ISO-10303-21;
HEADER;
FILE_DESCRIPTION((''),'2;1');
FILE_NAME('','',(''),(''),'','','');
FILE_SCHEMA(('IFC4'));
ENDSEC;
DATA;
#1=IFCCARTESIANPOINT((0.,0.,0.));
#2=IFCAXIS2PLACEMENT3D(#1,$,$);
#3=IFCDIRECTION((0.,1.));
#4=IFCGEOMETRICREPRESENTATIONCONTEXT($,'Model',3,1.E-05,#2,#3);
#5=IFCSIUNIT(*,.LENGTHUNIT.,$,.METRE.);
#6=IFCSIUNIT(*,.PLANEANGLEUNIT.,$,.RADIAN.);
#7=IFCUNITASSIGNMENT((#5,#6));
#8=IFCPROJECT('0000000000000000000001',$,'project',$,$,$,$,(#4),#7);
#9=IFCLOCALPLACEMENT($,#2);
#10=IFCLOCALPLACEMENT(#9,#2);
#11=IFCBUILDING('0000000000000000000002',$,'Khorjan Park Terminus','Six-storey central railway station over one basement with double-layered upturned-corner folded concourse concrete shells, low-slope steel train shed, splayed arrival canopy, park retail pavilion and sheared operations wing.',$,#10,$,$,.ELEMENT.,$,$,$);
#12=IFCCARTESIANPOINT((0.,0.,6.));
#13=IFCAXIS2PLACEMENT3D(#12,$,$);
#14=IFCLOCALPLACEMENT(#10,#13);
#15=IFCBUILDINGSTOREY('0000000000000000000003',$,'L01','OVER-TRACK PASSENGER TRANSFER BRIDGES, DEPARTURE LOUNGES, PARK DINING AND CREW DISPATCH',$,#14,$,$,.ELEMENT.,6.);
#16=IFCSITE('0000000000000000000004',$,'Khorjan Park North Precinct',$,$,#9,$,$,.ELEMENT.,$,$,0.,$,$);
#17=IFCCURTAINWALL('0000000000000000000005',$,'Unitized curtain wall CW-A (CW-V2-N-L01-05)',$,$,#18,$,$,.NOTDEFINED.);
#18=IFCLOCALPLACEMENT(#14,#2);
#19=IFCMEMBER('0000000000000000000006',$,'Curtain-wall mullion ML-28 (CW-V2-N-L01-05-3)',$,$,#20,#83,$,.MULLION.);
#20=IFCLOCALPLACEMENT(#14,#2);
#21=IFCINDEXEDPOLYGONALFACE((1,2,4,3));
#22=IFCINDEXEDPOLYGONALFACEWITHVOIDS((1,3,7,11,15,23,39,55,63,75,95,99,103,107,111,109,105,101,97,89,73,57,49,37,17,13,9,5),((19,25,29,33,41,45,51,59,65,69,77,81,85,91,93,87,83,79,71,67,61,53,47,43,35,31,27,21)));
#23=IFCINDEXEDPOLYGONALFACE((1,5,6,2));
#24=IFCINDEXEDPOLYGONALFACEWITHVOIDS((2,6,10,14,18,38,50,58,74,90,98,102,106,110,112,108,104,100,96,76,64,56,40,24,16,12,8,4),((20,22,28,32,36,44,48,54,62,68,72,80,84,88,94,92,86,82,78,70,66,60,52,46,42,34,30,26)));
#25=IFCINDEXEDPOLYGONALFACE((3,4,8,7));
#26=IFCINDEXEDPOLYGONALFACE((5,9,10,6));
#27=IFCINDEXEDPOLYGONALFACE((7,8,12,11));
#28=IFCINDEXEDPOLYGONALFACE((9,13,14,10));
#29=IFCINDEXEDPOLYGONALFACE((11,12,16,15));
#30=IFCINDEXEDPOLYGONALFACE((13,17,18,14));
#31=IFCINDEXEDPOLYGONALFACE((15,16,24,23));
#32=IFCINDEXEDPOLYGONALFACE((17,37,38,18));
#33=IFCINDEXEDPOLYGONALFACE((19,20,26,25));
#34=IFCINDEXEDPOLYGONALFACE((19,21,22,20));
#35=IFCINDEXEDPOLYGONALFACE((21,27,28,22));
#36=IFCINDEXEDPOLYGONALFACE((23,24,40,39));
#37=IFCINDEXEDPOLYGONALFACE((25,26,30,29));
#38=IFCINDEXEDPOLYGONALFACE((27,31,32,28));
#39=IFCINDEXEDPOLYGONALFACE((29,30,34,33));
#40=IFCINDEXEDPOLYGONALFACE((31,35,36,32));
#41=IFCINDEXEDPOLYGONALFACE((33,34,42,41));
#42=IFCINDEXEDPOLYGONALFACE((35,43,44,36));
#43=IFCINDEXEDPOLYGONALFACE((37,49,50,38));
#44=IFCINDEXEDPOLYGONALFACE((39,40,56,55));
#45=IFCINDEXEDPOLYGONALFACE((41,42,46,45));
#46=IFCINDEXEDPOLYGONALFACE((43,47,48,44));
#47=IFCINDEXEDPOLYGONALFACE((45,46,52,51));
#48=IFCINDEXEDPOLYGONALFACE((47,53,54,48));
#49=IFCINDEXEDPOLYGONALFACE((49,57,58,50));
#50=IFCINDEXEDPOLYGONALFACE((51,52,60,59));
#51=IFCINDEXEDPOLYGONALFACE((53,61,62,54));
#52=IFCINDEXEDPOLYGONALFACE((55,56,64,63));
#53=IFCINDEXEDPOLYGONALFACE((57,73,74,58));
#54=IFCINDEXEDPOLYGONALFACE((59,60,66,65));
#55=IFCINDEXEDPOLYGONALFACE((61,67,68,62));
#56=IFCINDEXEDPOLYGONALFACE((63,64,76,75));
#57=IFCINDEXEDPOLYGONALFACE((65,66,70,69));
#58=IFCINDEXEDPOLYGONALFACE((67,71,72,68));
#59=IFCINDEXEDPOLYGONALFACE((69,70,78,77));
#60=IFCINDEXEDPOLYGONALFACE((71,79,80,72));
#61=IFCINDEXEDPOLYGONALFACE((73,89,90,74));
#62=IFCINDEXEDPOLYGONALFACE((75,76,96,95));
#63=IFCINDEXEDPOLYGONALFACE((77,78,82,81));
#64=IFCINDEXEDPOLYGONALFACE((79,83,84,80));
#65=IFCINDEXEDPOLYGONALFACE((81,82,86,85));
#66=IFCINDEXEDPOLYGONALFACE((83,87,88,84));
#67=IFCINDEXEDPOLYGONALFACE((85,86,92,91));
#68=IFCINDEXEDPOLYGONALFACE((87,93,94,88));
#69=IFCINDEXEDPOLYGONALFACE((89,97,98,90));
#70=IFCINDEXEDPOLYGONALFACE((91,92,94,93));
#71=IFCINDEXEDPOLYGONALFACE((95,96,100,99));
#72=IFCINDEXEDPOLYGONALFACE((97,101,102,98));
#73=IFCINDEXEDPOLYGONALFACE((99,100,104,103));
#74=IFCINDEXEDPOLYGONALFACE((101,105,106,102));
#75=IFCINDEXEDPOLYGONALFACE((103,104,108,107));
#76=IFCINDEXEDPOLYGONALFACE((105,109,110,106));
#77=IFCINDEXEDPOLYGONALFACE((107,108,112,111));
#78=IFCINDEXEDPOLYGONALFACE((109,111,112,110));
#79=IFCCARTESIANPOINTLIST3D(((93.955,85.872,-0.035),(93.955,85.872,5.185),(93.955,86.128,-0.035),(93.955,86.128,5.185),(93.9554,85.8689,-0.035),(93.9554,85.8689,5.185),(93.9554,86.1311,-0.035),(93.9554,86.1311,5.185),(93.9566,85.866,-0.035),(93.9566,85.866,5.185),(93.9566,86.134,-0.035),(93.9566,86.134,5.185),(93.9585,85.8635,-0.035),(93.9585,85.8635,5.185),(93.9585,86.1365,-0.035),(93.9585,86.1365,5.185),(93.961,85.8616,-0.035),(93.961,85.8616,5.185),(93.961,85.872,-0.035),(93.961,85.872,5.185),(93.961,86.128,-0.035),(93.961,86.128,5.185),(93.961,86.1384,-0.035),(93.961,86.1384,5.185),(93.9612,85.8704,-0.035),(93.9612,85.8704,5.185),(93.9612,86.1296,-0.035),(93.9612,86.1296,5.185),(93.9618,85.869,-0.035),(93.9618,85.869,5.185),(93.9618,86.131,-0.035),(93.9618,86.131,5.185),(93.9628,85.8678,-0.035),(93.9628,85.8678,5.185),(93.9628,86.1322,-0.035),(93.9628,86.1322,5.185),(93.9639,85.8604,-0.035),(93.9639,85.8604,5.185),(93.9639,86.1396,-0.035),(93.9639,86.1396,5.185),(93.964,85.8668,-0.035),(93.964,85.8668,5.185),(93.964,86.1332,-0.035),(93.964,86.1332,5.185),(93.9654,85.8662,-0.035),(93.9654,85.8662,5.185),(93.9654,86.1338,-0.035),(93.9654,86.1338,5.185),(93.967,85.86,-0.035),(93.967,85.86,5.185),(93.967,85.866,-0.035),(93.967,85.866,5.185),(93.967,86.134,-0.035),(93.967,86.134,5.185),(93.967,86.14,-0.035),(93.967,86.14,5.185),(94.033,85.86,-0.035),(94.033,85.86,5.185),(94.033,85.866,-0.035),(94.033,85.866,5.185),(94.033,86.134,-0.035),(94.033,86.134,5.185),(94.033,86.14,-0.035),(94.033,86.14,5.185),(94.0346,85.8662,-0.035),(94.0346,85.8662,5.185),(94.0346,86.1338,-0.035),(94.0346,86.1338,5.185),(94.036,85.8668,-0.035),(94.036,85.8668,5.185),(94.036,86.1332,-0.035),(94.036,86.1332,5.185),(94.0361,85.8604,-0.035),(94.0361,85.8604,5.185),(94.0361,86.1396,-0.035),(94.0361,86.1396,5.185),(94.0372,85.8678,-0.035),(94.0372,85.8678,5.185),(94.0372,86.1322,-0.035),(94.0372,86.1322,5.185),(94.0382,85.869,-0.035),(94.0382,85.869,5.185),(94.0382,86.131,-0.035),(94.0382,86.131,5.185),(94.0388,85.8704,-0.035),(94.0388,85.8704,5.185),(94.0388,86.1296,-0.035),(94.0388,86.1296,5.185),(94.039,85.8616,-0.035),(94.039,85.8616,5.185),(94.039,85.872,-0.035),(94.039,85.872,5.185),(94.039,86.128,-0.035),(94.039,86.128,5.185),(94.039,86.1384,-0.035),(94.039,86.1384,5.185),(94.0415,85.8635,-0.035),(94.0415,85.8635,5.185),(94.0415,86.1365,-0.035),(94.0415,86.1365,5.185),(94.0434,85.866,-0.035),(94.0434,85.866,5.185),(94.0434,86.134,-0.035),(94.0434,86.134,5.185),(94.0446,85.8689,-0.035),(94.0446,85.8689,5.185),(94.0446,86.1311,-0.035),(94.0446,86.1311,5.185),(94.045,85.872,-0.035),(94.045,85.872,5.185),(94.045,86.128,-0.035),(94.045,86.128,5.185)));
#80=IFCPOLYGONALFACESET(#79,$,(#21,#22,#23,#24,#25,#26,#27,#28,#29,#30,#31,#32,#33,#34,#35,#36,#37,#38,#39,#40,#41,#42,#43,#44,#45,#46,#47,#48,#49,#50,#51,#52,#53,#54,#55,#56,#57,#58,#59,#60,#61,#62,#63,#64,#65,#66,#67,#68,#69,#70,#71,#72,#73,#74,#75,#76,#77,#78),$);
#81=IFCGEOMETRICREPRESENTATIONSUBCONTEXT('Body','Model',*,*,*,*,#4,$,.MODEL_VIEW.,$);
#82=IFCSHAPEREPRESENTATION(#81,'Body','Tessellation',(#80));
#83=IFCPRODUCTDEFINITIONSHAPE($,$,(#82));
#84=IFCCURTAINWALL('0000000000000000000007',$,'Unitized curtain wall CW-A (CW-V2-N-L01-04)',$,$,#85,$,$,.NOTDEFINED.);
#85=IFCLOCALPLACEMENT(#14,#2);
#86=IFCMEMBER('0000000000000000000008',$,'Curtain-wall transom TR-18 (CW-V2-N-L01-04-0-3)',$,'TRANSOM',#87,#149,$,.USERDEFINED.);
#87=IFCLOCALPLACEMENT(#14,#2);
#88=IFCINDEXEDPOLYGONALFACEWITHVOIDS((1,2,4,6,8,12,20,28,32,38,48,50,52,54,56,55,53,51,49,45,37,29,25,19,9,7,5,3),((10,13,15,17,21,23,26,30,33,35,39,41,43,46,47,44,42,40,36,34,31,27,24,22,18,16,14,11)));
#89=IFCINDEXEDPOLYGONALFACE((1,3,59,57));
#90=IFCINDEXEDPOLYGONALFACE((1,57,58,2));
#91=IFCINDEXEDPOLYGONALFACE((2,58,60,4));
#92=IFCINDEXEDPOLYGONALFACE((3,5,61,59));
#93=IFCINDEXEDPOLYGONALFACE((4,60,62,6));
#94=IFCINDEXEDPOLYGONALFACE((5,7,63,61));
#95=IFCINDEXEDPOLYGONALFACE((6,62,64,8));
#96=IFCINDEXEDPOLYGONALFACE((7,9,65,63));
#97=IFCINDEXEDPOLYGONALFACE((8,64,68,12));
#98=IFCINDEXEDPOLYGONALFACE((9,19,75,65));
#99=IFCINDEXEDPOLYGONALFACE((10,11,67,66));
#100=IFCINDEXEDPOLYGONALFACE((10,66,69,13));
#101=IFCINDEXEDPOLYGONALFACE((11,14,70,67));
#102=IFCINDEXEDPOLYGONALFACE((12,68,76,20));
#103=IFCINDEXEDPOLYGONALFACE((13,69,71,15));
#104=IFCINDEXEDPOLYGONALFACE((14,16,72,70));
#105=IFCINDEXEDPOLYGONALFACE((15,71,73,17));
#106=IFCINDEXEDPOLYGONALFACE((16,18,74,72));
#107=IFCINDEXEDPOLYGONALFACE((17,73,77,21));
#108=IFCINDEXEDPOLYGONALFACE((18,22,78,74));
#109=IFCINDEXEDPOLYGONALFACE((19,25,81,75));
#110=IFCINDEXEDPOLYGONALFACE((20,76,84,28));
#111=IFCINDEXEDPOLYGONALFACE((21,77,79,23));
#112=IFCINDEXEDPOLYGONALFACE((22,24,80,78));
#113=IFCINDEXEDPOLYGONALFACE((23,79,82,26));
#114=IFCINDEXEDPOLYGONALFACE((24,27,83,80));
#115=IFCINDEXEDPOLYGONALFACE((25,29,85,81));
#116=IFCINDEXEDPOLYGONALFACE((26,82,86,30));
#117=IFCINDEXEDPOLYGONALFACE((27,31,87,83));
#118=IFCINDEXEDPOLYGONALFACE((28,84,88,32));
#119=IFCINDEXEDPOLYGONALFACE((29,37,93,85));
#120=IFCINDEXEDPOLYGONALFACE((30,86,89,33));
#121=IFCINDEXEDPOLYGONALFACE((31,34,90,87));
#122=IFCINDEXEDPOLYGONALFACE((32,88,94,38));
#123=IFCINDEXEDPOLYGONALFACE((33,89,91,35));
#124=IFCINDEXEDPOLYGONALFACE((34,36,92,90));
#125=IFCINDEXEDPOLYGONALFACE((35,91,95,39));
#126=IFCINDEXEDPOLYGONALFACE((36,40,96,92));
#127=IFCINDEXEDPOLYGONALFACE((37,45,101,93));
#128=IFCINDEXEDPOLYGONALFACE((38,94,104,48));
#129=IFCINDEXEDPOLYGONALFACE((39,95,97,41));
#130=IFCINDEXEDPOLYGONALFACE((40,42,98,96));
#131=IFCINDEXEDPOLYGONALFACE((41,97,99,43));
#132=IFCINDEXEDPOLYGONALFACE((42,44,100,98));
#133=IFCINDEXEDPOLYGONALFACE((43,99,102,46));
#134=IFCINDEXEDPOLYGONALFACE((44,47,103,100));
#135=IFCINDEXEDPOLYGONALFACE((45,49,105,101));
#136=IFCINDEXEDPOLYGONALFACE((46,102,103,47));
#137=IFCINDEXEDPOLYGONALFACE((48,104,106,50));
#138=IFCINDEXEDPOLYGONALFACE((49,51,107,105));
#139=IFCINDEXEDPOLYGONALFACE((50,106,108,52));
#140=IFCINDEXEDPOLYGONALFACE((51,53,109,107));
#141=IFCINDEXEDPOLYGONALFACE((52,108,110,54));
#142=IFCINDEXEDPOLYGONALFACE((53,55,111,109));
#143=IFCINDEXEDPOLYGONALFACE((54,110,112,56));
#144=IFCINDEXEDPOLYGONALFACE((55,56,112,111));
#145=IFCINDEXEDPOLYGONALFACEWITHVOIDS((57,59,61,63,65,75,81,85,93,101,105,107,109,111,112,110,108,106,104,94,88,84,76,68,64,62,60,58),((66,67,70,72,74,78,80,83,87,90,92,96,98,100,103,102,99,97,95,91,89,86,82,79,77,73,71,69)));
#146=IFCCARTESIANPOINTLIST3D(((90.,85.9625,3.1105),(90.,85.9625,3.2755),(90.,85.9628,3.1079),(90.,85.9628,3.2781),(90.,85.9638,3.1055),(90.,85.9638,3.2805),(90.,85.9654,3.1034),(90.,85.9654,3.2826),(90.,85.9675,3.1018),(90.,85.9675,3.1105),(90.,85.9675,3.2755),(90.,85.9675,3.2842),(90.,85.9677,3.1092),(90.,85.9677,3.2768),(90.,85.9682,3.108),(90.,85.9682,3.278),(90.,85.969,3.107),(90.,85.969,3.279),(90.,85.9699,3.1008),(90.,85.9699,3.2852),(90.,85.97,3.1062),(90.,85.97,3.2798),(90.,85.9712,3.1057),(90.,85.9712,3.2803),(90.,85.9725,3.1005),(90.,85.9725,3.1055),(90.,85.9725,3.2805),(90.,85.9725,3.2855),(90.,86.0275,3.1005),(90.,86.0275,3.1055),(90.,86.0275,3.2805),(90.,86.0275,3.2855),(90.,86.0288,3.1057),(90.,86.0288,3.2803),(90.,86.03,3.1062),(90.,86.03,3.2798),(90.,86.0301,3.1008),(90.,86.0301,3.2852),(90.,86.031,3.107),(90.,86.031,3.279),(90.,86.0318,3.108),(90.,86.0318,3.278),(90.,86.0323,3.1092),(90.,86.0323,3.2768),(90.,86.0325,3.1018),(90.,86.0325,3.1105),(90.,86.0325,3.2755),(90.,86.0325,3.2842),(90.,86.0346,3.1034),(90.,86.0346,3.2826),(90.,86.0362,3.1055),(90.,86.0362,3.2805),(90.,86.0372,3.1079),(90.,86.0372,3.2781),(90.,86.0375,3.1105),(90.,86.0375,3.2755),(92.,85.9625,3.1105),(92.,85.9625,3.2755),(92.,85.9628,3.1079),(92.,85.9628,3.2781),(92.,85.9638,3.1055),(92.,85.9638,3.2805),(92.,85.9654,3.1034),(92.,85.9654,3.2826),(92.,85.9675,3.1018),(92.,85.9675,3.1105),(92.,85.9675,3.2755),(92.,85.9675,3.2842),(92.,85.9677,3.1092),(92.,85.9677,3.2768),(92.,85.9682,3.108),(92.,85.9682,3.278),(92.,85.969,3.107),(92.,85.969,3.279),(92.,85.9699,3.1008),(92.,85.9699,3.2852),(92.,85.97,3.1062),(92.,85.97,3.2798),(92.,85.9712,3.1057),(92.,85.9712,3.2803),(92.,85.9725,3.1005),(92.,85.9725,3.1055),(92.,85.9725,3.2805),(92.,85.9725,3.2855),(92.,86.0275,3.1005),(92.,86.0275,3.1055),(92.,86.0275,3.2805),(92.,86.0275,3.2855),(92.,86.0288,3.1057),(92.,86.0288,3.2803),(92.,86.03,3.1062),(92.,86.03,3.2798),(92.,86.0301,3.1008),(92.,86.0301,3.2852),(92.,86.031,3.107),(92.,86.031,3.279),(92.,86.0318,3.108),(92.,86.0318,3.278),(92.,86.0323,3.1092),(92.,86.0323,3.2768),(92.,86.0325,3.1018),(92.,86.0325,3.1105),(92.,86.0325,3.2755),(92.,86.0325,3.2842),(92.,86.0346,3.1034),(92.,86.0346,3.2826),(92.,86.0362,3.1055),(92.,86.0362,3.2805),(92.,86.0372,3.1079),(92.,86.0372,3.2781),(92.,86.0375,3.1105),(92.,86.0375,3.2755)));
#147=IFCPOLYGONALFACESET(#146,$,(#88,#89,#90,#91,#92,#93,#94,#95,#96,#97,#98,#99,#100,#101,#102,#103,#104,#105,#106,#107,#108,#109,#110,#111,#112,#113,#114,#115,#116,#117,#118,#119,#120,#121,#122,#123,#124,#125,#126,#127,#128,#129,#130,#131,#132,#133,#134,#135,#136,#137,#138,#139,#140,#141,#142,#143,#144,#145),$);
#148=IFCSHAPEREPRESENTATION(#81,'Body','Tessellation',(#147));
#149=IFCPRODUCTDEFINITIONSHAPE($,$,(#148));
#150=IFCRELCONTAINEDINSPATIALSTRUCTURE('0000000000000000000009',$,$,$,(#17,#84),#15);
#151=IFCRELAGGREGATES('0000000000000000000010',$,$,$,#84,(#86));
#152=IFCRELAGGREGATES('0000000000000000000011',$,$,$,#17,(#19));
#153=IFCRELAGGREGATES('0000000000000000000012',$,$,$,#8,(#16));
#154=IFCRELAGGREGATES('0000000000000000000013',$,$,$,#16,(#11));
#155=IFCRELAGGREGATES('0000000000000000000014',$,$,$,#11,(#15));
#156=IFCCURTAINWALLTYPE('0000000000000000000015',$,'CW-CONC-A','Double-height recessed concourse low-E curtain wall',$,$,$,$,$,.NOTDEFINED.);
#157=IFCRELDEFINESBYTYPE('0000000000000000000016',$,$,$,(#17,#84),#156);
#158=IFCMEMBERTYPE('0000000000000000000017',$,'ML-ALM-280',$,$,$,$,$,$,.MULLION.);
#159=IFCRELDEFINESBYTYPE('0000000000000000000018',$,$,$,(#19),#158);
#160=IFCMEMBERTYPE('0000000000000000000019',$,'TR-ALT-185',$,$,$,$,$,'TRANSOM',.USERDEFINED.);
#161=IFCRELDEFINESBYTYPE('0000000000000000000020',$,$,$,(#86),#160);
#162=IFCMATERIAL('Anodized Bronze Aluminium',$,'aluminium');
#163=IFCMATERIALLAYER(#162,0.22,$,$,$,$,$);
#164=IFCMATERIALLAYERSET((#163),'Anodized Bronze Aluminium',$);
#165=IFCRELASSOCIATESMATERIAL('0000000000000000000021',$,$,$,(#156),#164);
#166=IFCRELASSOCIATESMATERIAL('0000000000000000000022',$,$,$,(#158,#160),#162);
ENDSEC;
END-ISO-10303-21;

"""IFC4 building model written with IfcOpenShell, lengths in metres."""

from ifc_helpers import new_model, si_unit, direction, frame, origin, origin_2d, place, context, subcontext, project, spatial, hollow_rectangle, extrude, material, layer, layer_set, material_profile, profile_set, type_object, element, aggregate, save


model = new_model("IFC4")

# Units and contexts
model_context = context("Model", 3, precision=1e-05, world=origin(), true_north=direction((0.0, 1.0)))
body_context = subcontext(model_context, "Body", "Model", "MODEL_VIEW")
ifc_project = project(units=[si_unit("LENGTHUNIT", "METRE"), si_unit("PLANEANGLEUNIT", "RADIAN")], contexts=[model_context])

# Site, building, storey
site_placement = place(None, origin())
site = spatial("IfcSite", under=ifc_project, at=site_placement, Name="Khorjan Park North Precinct", CompositionType="ELEMENT", RefElevation=0.0)
building_placement = place(site_placement, origin())
building = spatial("IfcBuilding", under=site, at=building_placement, Name="Khorjan Park Terminus", Description="Six-storey central railway station over one basement with double-layered upturned-corner folded concourse concrete shells, low-slope steel train shed, splayed arrival canopy, park retail pavilion and sheared operations wing.", CompositionType="ELEMENT")
storey_placement = place(building_placement, frame((0.0, 0.0, 6.0)))
storey = spatial("IfcBuildingStorey", under=building, at=storey_placement, Name="L01", Description="OVER-TRACK PASSENGER TRANSFER BRIDGES, DEPARTURE LOUNGES, PARK DINING AND CREW DISPATCH", CompositionType="ELEMENT", Elevation=6.0)

# Curtain walls, members
ifc_material_1 = material(Name="Anodized Bronze Aluminium", Category="aluminium")
ifc_layer_1 = layer(ifc_material_1, 0.22)
ifc_layer_set_1 = layer_set([ifc_layer_1], Name="Anodized Bronze Aluminium")
curtain_wall_type = type_object("IfcCurtainWallType", Name="CW-CONC-A", Description="Double-height recessed concourse low-E curtain wall", PredefinedType="NOTDEFINED", material=ifc_layer_set_1)
curtain_wall_1_placement = place(storey_placement, origin())
curtain_wall_1 = element("IfcCurtainWall", 1, at=curtain_wall_1_placement, inside=storey, type_object=curtain_wall_type, Name="Unitized curtain wall CW-A (CW-V2-N-L01-05)", PredefinedType="NOTDEFINED")
ifc_material_profile_1 = material_profile(ifc_material_1, hollow_rectangle(XDim=0.09, YDim=0.28, WallThickness=0.006, InnerFilletRadius=0.006, OuterFilletRadius=0.012, at=origin_2d()), Name="ALM 90x280x6")
ifc_profile_set_1 = profile_set([ifc_material_profile_1], Name="Anodized Bronze Aluminium")
member_type_1 = type_object("IfcMemberType", Name="ML-ALM-280", PredefinedType="MULLION", material=ifc_profile_set_1)
member_1_placement = place(storey_placement, frame((94.0, 86.0, -0.035), z_axis=(0.0, 0.0, 1.0), x_axis=(-1.0, 0.0, 0.0)))
member_1 = element("IfcMember", 2, at=member_1_placement, type_object=member_type_1, Name="Curtain-wall mullion ML-28 (CW-V2-N-L01-05-3)", PredefinedType="MULLION", context=body_context, shape_type="SweptSolid", body=[
    extrude(hollow_rectangle(XDim=0.09, YDim=0.28, WallThickness=0.006, InnerFilletRadius=0.006, OuterFilletRadius=0.012, at=origin_2d()), origin(), (0.0, 0.0, 1.0), 5.22),
])
curtain_wall_2_placement = place(storey_placement, origin())
curtain_wall_2 = element("IfcCurtainWall", 3, at=curtain_wall_2_placement, inside=storey, type_object=curtain_wall_type, Name="Unitized curtain wall CW-A (CW-V2-N-L01-04)", PredefinedType="NOTDEFINED")
ifc_material_profile_2 = material_profile(ifc_material_1, hollow_rectangle(XDim=0.075, YDim=0.185, WallThickness=0.005, InnerFilletRadius=0.005, OuterFilletRadius=0.01, at=origin_2d()), Name="ALT 75x185x5")
ifc_profile_set_2 = profile_set([ifc_material_profile_2], Name="Anodized Bronze Aluminium")
member_type_2 = type_object("IfcMemberType", Name="TR-ALT-185", ElementType="TRANSOM", PredefinedType="USERDEFINED", material=ifc_profile_set_2)
member_2_placement = place(storey_placement, frame((92.0, 86.0, 3.193), z_axis=(-1.0, 0.0, 0.0), x_axis=(0.0, -1.0, 0.0)))
member_2 = element("IfcMember", 4, at=member_2_placement, type_object=member_type_2, Name="Curtain-wall transom TR-18 (CW-V2-N-L01-04-0-3)", ObjectType="TRANSOM", PredefinedType="USERDEFINED", context=body_context, shape_type="SweptSolid", body=[
    extrude(hollow_rectangle(XDim=0.075, YDim=0.185, WallThickness=0.005, InnerFilletRadius=0.005, OuterFilletRadius=0.01, at=origin_2d()), origin(), (0.0, 0.0, 1.0), 2.0),
])
aggregate(curtain_wall_2, [member_2])

aggregate(curtain_wall_1, [member_1])

save(model, "model.ifc")
